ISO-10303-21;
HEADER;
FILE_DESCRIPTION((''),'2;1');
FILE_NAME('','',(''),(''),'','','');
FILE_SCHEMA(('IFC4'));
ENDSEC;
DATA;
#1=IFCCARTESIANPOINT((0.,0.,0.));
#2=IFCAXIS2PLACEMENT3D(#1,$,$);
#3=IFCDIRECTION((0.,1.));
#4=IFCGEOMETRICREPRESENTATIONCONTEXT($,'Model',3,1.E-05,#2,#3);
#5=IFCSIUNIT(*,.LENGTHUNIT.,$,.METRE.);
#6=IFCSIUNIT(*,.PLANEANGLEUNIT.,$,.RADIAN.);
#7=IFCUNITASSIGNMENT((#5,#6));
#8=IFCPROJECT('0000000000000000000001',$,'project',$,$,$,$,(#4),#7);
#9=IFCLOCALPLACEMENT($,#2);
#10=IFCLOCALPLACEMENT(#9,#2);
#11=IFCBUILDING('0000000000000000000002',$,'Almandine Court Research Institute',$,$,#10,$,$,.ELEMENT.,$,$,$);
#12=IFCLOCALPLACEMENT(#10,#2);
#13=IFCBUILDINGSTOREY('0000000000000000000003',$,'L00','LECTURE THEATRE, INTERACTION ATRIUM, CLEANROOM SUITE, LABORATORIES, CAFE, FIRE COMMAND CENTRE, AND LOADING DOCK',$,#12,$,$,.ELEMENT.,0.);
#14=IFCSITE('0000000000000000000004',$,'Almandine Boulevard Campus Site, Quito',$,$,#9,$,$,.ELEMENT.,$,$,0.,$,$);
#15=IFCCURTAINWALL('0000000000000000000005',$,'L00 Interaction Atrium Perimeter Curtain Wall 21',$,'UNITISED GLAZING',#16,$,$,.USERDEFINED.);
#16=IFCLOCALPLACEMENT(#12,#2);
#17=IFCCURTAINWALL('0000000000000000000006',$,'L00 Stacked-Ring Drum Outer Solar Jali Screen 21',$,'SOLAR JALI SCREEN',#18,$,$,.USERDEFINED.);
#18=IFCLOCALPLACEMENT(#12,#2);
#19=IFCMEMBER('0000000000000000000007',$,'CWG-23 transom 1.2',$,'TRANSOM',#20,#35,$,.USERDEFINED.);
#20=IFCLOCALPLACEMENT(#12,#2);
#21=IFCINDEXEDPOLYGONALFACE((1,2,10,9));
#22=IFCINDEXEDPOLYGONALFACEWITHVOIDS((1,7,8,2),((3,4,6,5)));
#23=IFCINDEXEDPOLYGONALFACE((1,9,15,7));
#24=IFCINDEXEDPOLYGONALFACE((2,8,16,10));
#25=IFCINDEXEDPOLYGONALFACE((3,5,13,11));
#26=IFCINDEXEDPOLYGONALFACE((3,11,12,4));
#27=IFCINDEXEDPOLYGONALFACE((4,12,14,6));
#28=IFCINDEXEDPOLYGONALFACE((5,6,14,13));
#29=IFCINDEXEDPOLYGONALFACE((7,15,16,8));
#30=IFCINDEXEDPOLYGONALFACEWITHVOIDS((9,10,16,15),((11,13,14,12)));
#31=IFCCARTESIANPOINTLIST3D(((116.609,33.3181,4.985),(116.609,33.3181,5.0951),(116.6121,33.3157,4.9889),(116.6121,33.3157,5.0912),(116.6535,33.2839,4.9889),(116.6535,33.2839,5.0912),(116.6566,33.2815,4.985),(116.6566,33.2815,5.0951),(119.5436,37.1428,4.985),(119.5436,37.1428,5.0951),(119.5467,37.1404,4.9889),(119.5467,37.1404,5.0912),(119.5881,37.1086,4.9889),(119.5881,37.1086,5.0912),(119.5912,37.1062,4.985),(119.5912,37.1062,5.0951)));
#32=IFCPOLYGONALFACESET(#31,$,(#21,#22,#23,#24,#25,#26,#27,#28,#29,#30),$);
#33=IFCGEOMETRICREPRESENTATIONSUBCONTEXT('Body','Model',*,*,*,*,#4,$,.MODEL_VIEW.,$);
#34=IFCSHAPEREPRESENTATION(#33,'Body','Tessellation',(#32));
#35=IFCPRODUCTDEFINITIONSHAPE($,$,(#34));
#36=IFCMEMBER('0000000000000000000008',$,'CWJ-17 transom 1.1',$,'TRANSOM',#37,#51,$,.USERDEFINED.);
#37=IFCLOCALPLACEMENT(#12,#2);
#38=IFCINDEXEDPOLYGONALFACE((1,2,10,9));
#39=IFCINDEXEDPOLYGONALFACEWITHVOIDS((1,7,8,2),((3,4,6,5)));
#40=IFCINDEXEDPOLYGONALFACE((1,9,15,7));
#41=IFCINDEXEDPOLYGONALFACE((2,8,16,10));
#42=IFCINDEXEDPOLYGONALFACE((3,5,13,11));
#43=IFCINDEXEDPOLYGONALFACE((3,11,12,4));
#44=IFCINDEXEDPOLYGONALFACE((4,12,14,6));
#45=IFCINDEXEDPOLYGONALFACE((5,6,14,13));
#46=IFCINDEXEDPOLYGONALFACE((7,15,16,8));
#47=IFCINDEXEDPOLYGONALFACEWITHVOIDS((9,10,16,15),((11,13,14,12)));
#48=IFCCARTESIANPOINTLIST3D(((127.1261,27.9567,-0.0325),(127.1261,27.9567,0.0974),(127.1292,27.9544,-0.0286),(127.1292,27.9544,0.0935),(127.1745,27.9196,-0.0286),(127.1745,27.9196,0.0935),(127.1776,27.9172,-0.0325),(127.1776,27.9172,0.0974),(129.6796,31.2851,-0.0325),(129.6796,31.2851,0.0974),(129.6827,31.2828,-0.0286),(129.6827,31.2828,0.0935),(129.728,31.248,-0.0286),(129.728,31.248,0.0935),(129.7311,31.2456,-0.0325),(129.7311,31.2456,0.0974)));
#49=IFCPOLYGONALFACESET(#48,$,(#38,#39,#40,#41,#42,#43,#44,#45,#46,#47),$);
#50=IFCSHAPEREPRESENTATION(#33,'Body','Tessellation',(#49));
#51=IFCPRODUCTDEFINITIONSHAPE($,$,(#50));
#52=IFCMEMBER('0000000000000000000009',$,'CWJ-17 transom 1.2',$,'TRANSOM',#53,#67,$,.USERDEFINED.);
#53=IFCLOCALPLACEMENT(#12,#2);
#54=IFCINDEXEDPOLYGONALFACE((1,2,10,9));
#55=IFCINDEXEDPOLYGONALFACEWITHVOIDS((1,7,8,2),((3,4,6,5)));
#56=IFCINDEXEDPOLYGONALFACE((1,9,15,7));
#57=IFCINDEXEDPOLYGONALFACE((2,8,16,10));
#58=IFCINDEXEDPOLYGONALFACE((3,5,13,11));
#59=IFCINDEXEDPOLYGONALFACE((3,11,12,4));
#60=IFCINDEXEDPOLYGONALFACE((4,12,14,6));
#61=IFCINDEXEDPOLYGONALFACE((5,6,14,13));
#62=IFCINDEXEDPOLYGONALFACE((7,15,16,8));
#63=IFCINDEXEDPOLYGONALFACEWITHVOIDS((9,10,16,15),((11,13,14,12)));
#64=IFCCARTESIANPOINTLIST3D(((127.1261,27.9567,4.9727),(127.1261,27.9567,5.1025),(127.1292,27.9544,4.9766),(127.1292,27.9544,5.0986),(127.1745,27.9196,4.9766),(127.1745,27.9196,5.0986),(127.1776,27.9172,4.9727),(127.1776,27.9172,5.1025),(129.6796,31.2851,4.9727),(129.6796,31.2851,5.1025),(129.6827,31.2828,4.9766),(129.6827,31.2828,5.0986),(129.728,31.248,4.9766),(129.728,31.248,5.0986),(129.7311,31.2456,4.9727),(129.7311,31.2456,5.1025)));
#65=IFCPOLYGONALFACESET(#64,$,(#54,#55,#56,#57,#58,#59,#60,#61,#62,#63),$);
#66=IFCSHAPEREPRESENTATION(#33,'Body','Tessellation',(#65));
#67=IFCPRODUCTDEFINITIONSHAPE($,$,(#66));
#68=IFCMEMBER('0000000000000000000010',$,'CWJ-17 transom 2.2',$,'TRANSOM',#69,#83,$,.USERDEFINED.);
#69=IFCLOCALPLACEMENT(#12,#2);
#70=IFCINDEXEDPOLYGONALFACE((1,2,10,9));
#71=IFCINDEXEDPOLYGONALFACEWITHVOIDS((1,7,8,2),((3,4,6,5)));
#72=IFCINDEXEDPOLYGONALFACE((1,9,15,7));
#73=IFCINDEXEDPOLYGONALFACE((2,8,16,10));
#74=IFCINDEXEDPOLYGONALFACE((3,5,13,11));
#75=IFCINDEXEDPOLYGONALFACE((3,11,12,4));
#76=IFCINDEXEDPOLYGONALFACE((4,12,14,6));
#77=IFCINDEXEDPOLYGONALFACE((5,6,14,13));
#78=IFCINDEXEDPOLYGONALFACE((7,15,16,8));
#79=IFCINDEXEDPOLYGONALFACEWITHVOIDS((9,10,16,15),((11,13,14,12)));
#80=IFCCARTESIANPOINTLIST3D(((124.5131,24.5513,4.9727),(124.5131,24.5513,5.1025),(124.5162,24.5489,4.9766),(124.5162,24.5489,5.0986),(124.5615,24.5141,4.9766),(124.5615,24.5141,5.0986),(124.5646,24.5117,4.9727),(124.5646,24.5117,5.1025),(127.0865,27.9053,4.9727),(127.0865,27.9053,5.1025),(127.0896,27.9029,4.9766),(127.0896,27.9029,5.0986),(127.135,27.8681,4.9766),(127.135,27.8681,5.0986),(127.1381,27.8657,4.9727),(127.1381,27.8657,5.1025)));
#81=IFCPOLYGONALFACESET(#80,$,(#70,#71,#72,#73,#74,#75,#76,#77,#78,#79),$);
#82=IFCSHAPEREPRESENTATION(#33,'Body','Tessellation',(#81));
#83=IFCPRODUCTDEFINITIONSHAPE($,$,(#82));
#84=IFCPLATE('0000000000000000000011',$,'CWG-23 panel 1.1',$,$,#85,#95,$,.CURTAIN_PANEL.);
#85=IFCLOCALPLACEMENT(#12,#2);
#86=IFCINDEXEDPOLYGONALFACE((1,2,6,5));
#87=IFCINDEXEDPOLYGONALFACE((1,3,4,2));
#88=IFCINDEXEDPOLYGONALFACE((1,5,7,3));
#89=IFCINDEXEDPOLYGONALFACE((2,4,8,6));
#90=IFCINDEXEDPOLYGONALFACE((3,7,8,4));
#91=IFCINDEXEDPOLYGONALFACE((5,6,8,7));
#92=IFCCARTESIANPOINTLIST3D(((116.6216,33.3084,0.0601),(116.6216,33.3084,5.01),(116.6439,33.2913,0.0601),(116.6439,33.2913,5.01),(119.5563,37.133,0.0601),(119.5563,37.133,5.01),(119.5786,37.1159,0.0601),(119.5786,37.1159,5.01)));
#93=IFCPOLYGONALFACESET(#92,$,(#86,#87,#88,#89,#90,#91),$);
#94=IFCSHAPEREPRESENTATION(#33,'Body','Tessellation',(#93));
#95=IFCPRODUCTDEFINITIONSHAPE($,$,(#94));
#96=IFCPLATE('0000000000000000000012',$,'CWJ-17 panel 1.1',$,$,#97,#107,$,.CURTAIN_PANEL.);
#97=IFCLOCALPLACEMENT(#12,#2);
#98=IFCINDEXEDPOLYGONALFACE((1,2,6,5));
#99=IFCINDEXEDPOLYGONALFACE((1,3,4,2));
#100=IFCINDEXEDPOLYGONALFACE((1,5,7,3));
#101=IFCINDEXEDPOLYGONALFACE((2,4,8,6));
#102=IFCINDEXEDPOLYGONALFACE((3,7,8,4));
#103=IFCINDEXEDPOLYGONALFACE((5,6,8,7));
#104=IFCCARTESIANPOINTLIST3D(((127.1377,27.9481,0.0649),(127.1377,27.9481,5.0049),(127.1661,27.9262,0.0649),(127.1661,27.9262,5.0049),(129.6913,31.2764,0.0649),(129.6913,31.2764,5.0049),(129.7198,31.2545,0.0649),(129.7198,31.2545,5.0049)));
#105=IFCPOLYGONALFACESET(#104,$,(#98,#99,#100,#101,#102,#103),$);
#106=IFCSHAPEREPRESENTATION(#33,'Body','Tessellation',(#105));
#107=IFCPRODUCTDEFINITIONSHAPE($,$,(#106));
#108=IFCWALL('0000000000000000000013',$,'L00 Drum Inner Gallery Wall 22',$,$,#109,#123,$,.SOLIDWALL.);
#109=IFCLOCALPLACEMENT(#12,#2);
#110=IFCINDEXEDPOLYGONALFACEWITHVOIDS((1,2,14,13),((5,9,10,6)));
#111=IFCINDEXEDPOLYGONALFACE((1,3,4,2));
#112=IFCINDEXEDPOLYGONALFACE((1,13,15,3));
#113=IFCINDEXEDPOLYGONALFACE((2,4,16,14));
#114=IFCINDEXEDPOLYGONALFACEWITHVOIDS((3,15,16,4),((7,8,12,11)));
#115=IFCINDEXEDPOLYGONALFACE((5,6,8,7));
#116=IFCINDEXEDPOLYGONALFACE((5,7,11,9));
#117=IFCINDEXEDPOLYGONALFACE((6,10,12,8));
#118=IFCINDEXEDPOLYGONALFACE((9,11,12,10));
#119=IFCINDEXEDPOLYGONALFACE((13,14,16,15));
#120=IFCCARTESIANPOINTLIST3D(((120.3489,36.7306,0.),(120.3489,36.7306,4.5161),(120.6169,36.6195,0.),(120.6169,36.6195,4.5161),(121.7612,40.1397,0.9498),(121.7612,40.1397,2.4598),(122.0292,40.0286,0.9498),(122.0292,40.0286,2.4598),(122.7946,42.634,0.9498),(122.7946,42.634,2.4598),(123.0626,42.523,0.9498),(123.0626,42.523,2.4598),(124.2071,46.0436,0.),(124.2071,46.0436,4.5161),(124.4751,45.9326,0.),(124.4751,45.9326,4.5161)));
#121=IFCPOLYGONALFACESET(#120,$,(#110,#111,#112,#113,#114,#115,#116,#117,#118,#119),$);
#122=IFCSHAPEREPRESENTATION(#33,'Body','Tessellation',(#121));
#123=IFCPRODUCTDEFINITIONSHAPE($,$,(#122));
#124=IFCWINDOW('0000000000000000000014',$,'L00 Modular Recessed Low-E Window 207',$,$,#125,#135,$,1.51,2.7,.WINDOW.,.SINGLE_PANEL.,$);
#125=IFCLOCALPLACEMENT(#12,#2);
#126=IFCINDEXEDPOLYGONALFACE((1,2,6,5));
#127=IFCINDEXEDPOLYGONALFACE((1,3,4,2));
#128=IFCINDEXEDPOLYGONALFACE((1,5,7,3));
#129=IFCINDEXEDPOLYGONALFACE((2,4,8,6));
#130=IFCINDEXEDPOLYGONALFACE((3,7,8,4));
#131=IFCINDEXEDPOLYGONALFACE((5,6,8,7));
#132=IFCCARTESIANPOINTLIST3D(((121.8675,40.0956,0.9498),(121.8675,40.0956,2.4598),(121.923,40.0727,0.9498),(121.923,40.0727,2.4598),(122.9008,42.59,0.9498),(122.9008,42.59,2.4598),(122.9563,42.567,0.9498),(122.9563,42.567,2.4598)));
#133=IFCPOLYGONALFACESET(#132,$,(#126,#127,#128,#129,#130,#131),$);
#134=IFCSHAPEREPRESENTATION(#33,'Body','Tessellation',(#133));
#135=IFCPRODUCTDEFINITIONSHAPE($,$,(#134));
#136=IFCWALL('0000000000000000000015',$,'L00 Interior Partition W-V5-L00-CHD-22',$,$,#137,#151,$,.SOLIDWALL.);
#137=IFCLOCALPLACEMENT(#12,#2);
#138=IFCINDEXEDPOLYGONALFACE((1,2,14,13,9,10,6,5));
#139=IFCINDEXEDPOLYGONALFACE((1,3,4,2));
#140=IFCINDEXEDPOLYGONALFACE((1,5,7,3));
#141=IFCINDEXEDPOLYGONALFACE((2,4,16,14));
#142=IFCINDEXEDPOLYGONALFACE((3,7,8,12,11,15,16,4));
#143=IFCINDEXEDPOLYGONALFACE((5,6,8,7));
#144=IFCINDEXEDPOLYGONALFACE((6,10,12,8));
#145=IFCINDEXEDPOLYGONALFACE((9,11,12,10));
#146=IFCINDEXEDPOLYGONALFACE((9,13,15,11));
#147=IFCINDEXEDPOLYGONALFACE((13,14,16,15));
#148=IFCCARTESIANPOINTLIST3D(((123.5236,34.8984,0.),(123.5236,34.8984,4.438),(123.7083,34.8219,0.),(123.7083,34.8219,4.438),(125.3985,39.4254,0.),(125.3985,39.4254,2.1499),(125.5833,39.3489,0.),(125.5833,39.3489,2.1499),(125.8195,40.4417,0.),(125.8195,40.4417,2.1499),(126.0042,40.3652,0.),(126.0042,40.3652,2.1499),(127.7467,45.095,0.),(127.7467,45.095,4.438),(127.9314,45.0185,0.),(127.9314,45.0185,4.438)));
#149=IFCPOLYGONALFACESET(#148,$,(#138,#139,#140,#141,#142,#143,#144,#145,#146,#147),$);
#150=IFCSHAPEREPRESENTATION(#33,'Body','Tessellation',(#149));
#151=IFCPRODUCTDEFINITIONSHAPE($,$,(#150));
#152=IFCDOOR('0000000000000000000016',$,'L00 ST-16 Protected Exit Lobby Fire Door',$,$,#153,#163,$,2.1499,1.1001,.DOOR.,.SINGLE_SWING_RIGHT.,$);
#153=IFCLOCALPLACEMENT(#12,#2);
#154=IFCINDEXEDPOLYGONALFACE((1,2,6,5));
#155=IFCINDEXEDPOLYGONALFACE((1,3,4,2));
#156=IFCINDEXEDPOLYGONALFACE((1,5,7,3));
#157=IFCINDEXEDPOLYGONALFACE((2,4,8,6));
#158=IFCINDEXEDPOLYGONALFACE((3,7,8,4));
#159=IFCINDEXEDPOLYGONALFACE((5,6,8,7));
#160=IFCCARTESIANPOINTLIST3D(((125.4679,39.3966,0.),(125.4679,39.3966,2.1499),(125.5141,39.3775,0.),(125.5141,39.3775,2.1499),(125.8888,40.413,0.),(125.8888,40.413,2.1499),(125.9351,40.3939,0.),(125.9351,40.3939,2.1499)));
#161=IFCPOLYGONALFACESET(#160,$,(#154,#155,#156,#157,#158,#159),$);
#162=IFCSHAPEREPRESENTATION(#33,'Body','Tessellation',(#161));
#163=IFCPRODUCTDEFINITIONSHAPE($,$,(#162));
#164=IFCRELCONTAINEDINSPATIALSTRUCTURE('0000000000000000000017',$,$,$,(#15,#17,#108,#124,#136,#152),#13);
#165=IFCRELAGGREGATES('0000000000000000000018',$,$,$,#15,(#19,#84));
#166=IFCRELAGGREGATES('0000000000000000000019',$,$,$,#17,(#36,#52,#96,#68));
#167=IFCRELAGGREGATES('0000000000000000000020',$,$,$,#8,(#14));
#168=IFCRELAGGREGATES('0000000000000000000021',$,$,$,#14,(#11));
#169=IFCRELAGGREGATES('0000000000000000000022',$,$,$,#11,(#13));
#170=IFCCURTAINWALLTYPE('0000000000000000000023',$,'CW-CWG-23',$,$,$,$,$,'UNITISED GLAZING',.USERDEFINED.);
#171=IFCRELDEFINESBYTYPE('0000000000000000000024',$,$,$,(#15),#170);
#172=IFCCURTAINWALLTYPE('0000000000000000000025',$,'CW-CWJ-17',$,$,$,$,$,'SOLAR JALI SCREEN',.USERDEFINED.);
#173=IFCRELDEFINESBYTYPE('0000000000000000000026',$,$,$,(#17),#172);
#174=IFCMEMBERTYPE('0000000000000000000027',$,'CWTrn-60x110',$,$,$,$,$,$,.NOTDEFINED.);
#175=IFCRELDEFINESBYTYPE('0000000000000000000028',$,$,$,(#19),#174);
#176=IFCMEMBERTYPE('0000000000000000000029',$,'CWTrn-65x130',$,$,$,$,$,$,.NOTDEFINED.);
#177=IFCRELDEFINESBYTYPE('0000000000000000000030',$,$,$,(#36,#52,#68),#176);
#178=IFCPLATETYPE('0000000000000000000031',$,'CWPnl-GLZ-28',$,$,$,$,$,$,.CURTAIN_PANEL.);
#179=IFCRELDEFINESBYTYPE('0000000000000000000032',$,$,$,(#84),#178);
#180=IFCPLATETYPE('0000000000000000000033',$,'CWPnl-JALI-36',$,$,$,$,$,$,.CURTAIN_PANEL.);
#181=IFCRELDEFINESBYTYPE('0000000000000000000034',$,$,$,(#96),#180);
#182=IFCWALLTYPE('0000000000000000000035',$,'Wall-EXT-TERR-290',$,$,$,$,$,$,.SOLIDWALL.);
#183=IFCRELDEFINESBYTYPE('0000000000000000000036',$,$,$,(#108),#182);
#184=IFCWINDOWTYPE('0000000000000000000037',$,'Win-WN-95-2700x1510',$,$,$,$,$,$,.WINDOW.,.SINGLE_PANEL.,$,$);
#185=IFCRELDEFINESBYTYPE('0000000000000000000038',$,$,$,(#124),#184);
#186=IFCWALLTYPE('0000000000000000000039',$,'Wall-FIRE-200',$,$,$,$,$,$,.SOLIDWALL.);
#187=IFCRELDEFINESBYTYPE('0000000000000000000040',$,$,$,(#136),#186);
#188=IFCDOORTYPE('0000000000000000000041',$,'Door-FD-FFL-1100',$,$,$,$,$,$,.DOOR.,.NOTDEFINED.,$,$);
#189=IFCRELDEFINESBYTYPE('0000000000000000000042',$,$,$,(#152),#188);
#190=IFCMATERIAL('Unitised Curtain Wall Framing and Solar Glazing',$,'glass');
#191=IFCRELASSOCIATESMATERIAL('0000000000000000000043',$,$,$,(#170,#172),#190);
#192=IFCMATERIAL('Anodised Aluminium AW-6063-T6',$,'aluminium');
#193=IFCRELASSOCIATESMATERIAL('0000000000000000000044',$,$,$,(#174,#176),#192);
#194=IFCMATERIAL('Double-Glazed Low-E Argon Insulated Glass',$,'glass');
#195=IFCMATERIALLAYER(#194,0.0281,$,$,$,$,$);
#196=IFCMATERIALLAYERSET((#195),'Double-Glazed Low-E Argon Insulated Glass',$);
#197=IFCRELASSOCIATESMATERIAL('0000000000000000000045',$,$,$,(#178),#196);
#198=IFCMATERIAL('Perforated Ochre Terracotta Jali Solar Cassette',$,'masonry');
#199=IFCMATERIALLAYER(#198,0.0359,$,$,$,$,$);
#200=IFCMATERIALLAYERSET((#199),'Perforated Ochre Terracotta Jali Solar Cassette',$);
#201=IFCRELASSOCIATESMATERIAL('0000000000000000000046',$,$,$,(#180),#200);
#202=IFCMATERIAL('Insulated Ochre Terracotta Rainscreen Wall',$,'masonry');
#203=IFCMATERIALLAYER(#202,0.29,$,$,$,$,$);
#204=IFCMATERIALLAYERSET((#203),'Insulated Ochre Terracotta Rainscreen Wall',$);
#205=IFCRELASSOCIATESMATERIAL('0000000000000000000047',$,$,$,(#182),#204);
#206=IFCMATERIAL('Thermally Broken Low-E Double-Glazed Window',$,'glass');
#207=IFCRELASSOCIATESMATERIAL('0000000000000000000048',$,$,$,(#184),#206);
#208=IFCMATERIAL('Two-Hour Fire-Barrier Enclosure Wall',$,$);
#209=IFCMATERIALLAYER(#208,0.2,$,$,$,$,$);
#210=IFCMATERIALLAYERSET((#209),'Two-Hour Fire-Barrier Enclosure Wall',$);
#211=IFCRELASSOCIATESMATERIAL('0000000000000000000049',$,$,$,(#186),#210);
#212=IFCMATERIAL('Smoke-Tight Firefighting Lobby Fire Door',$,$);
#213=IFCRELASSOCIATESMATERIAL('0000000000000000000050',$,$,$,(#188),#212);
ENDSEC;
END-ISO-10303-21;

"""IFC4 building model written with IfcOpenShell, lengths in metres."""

from ifc_helpers import new_model, si_unit, direction, frame, frame_2d, origin, origin_2d, place, context, subcontext, project, spatial, rectangle, hollow_rectangle, extrude, material, layer, layer_set, material_profile, profile_set, type_object, element, fill, aggregate, save


model = new_model("IFC4")

# Units and contexts
model_context = context("Model", 3, precision=1e-05, world=origin(), true_north=direction((0.0, 1.0)))
body_context = subcontext(model_context, "Body", "Model", "MODEL_VIEW")
ifc_project = project(units=[si_unit("LENGTHUNIT", "METRE"), si_unit("PLANEANGLEUNIT", "RADIAN")], contexts=[model_context])

# Site, building, storey
site_placement = place(None, origin())
site = spatial("IfcSite", under=ifc_project, at=site_placement, Name="Almandine Boulevard Campus Site, Quito", CompositionType="ELEMENT", RefElevation=0.0)
building_placement = place(site_placement, origin())
building = spatial("IfcBuilding", under=site, at=building_placement, Name="Almandine Court Research Institute", CompositionType="ELEMENT")
storey_placement = place(building_placement, origin())
storey = spatial("IfcBuildingStorey", under=building, at=storey_placement, Name="L00", Description="LECTURE THEATRE, INTERACTION ATRIUM, CLEANROOM SUITE, LABORATORIES, CAFE, FIRE COMMAND CENTRE, AND LOADING DOCK", CompositionType="ELEMENT", Elevation=0.0)

# Curtain wall
ifc_material_1 = material(Name="Unitised Curtain Wall Framing and Solar Glazing", Category="glass")
curtain_wall_type_1 = type_object("IfcCurtainWallType", Name="CW-CWG-23", ElementType="UNITISED GLAZING", PredefinedType="USERDEFINED", material=ifc_material_1)
curtain_wall_1_placement = place(storey_placement, origin())
curtain_wall_1 = element("IfcCurtainWall", 1, at=curtain_wall_1_placement, inside=storey, type_object=curtain_wall_type_1, Name="L00 Interaction Atrium Perimeter Curtain Wall 21", ObjectType="UNITISED GLAZING", PredefinedType="USERDEFINED")
ifc_material_2 = material(Name="Anodised Aluminium AW-6063-T6", Category="aluminium")

# Curtain wall
curtain_wall_type_2 = type_object("IfcCurtainWallType", Name="CW-CWJ-17", ElementType="SOLAR JALI SCREEN", PredefinedType="USERDEFINED", material=ifc_material_1)
curtain_wall_2_placement = place(storey_placement, origin())
curtain_wall_2 = element("IfcCurtainWall", 2, at=curtain_wall_2_placement, inside=storey, type_object=curtain_wall_type_2, Name="L00 Stacked-Ring Drum Outer Solar Jali Screen 21", ObjectType="SOLAR JALI SCREEN", PredefinedType="USERDEFINED")

# Members
ifc_material_profile_1 = material_profile(ifc_material_2, hollow_rectangle(XDim=0.0601, YDim=0.1101, WallThickness=0.0039, at=origin_2d()), Name="ALU RHS 60x110x4")
ifc_profile_set_1 = profile_set([ifc_material_profile_1], Name="Anodised Aluminium AW-6063-T6")
member_type_1 = type_object("IfcMemberType", Name="CWTrn-60x110", PredefinedType="NOTDEFINED", material=ifc_profile_set_1)
member_1_placement = place(storey_placement, frame((119.5674, 37.1245, 5.04), z_axis=(-0.608731, -0.793376, 0.0), x_axis=(0.793376, -0.608731, 0.0)))
member_1 = element("IfcMember", 3, at=member_1_placement, type_object=member_type_1, Name="CWG-23 transom 1.2", ObjectType="TRANSOM", PredefinedType="USERDEFINED", context=body_context, shape_type="SweptSolid", body=[
    extrude(hollow_rectangle(XDim=0.0601, YDim=0.1101, WallThickness=0.0039, at=origin_2d()), origin(), (0.0, 0.0, 1.0), 4.8208),
])
ifc_material_profile_2 = material_profile(ifc_material_2, hollow_rectangle(XDim=0.0649, YDim=0.1299, WallThickness=0.0039, at=origin_2d()), Name="ALU RHS 65x130x4")
ifc_profile_set_2 = profile_set([ifc_material_profile_2], Name="Anodised Aluminium AW-6063-T6")
member_type_2 = type_object("IfcMemberType", Name="CWTrn-65x130", PredefinedType="NOTDEFINED", material=ifc_profile_set_2)
member_2_placement = place(storey_placement, frame((129.7053, 31.2654, 0.0325), z_axis=(-0.608689, -0.793409, 0.0), x_axis=(0.793409, -0.608689, 0.0)))
member_2 = element("IfcMember", 4, at=member_2_placement, type_object=member_type_2, Name="CWJ-17 transom 1.1", ObjectType="TRANSOM", PredefinedType="USERDEFINED", context=body_context, shape_type="SweptSolid", body=[
    extrude(hollow_rectangle(XDim=0.0649, YDim=0.1299, WallThickness=0.0039, at=origin_2d()), origin(), (0.0, 0.0, 1.0), 4.1951),
])
member_3_placement = place(storey_placement, frame((129.7053, 31.2654, 5.0376), z_axis=(-0.608689, -0.793409, 0.0), x_axis=(0.793409, -0.608689, 0.0)))
member_3 = element("IfcMember", 5, at=member_3_placement, type_object=member_type_2, Name="CWJ-17 transom 1.2", ObjectType="TRANSOM", PredefinedType="USERDEFINED", context=body_context, shape_type="SweptSolid", body=[
    extrude(hollow_rectangle(XDim=0.0649, YDim=0.1299, WallThickness=0.0039, at=origin_2d()), origin(), (0.0, 0.0, 1.0), 4.1951),
])
member_4_placement = place(storey_placement, frame((127.1123, 27.8855, 5.0376), z_axis=(-0.608742, -0.793368, 0.0), x_axis=(0.793368, -0.608742, 0.0)))
member_4 = element("IfcMember", 6, at=member_4_placement, type_object=member_type_2, Name="CWJ-17 transom 2.2", ObjectType="TRANSOM", PredefinedType="USERDEFINED", context=body_context, shape_type="SweptSolid", body=[
    extrude(hollow_rectangle(XDim=0.0649, YDim=0.1299, WallThickness=0.0039, at=origin_2d()), origin(), (0.0, 0.0, 1.0), 4.2275),
])

# Plates
ifc_material_3 = material(Name="Double-Glazed Low-E Argon Insulated Glass", Category="glass")
ifc_layer_1 = layer(ifc_material_3, 0.0281)
ifc_layer_set_1 = layer_set([ifc_layer_1], Name="Double-Glazed Low-E Argon Insulated Glass")
plate_type_1 = type_object("IfcPlateType", Name="CWPnl-GLZ-28", PredefinedType="CURTAIN_PANEL", material=ifc_layer_set_1)
plate_1_placement = place(storey_placement, frame((118.1001, 35.2122, 0.0601), z_axis=(0.0, 0.0, 1.0), x_axis=(-0.608761, -0.793354, 0.0)))
plate_1 = element("IfcPlate", 7, at=plate_1_placement, type_object=plate_type_1, Name="CWG-23 panel 1.1", PredefinedType="CURTAIN_PANEL", context=body_context, shape_type="SweptSolid", body=[
    extrude(rectangle(XDim=4.8208, YDim=0.0281, at=origin_2d()), origin(), (0.0, 0.0, 1.0), 4.95),
])
aggregate(curtain_wall_1, [member_1, plate_1])
ifc_material_4 = material(Name="Perforated Ochre Terracotta Jali Solar Cassette", Category="masonry")
ifc_layer_2 = layer(ifc_material_4, 0.0359)
ifc_layer_set_2 = layer_set([ifc_layer_2], Name="Perforated Ochre Terracotta Jali Solar Cassette")
plate_type_2 = type_object("IfcPlateType", Name="CWPnl-JALI-36", PredefinedType="CURTAIN_PANEL", material=ifc_layer_set_2)
plate_2_placement = place(storey_placement, frame((128.4287, 29.6013, 0.0649), z_axis=(0.0, 0.0, 1.0), x_axis=(-0.608723, -0.793383, 0.0)))
plate_2 = element("IfcPlate", 8, at=plate_2_placement, type_object=plate_type_2, Name="CWJ-17 panel 1.1", PredefinedType="CURTAIN_PANEL", context=body_context, shape_type="SweptSolid", body=[
    extrude(rectangle(XDim=4.1951, YDim=0.0359, at=origin_2d()), origin(), (0.0, 0.0, 1.0), 4.9399),
])
aggregate(curtain_wall_2, [member_2, member_3, plate_2, member_4])

# Wall, opening, window
ifc_material_5 = material(Name="Insulated Ochre Terracotta Rainscreen Wall", Category="masonry")
ifc_layer_3 = layer(ifc_material_5, 0.29)
ifc_layer_set_3 = layer_set([ifc_layer_3], Name="Insulated Ochre Terracotta Rainscreen Wall")
wall_type_1 = type_object("IfcWallType", Name="Wall-EXT-TERR-290", PredefinedType="SOLIDWALL", material=ifc_layer_set_3)
wall_1_placement = place(storey_placement, frame((120.4829, 36.675, 0.0), z_axis=(0.0, 0.0, 1.0), x_axis=(0.382733, 0.923859, 0.0)))
wall_1 = element("IfcWall", 9, at=wall_1_placement, inside=storey, type_object=wall_type_1, Name="L00 Drum Inner Gallery Wall 22", PredefinedType="SOLIDWALL", context=body_context, shape_type="SweptSolid", body=[
    extrude(rectangle(XDim=10.0806, YDim=0.29, at=frame_2d((5.0403, 0.0))), origin(), (0.0, 0.0, 1.0), 4.5161),
])
opening_1_placement = place(wall_1_placement, frame((3.6899, 0.0, 0.95)))
opening_1 = element("IfcOpeningElement", 10, at=opening_1_placement, cuts=wall_1, PredefinedType="OPENING", context=body_context, shape_type="SweptSolid", body=[
    extrude(rectangle(XDim=2.7, YDim=1.51, at=frame_2d((1.3501, 0.7549))), frame((0.0, 0.155, 0.0), z_axis=(0.0, -1.0, 0.0), x_axis=(1.0, 0.0, 0.0)), (0.0, 0.0, 1.0), 0.3101),
])
ifc_material_6 = material(Name="Thermally Broken Low-E Double-Glazed Window", Category="glass")
window_type = type_object("IfcWindowType", Name="Win-WN-95-2700x1510", PartitioningType="SINGLE_PANEL", PredefinedType="WINDOW", material=ifc_material_6)
window_placement = place(opening_1_placement, origin())
window = element("IfcWindow", 11, at=window_placement, inside=storey, type_object=window_type, Name="L00 Modular Recessed Low-E Window 207", OverallHeight=1.51, OverallWidth=2.7, PartitioningType="SINGLE_PANEL", PredefinedType="WINDOW", context=body_context, shape_type="SweptSolid", body=[
    extrude(rectangle(XDim=2.7, YDim=1.51, at=frame_2d((1.3501, 0.7549))), frame((0.0, 0.03, 0.0), z_axis=(0.0, -1.0, 0.0), x_axis=(1.0, 0.0, 0.0)), (0.0, 0.0, 1.0), 0.0601),
])
fill(opening_1, window)

# Wall, opening, door
ifc_material_7 = material(Name="Two-Hour Fire-Barrier Enclosure Wall")
ifc_layer_4 = layer(ifc_material_7, 0.2)
ifc_layer_set_4 = layer_set([ifc_layer_4], Name="Two-Hour Fire-Barrier Enclosure Wall")
wall_type_2 = type_object("IfcWallType", Name="Wall-FIRE-200", PredefinedType="SOLIDWALL", material=ifc_layer_set_4)
wall_2_placement = place(storey_placement, frame((123.616, 34.8601, 0.0), z_axis=(0.0, 0.0, 1.0), x_axis=(0.382645, 0.923896, 0.0)))
wall_2 = element("IfcWall", 12, at=wall_2_placement, inside=storey, type_object=wall_type_2, Name="L00 Interior Partition W-V5-L00-CHD-22", PredefinedType="SOLIDWALL", context=body_context, shape_type="SweptSolid", body=[
    extrude(rectangle(XDim=11.0366, YDim=0.2, at=frame_2d((5.5183, 0.0))), origin(), (0.0, 0.0, 1.0), 4.438),
])
opening_2_placement = place(wall_2_placement, frame((4.8999, 0.0, 0.0)))
opening_2 = element("IfcOpeningElement", 13, at=opening_2_placement, cuts=wall_2, PredefinedType="OPENING", context=body_context, shape_type="SweptSolid", body=[
    extrude(rectangle(XDim=1.1001, YDim=2.1499, at=frame_2d((0.55, 1.075))), frame((0.0, 0.1099, 0.0), z_axis=(0.0, -1.0, 0.0), x_axis=(1.0, 0.0, 0.0)), (0.0, 0.0, 1.0), 0.22),
])
ifc_material_8 = material(Name="Smoke-Tight Firefighting Lobby Fire Door")
door_type_1 = type_object("IfcDoorType", Name="Door-FD-FFL-1100", OperationType="NOTDEFINED", PredefinedType="DOOR", material=ifc_material_8)
door_1_placement = place(opening_2_placement, origin())
door_1 = element("IfcDoor", 14, at=door_1_placement, inside=storey, type_object=door_type_1, Name="L00 ST-16 Protected Exit Lobby Fire Door", OperationType="SINGLE_SWING_RIGHT", OverallHeight=2.1499, OverallWidth=1.1001, PredefinedType="DOOR", context=body_context, shape_type="SweptSolid", body=[
    extrude(rectangle(XDim=1.1001, YDim=2.1499, at=frame_2d((0.55, 1.075))), frame((0.0, 0.0249, 0.0), z_axis=(0.0, -1.0, 0.0), x_axis=(1.0, 0.0, 0.0)), (0.0, 0.0, 1.0), 0.05),
])
fill(opening_2, door_1)

save(model, "model.ifc")
